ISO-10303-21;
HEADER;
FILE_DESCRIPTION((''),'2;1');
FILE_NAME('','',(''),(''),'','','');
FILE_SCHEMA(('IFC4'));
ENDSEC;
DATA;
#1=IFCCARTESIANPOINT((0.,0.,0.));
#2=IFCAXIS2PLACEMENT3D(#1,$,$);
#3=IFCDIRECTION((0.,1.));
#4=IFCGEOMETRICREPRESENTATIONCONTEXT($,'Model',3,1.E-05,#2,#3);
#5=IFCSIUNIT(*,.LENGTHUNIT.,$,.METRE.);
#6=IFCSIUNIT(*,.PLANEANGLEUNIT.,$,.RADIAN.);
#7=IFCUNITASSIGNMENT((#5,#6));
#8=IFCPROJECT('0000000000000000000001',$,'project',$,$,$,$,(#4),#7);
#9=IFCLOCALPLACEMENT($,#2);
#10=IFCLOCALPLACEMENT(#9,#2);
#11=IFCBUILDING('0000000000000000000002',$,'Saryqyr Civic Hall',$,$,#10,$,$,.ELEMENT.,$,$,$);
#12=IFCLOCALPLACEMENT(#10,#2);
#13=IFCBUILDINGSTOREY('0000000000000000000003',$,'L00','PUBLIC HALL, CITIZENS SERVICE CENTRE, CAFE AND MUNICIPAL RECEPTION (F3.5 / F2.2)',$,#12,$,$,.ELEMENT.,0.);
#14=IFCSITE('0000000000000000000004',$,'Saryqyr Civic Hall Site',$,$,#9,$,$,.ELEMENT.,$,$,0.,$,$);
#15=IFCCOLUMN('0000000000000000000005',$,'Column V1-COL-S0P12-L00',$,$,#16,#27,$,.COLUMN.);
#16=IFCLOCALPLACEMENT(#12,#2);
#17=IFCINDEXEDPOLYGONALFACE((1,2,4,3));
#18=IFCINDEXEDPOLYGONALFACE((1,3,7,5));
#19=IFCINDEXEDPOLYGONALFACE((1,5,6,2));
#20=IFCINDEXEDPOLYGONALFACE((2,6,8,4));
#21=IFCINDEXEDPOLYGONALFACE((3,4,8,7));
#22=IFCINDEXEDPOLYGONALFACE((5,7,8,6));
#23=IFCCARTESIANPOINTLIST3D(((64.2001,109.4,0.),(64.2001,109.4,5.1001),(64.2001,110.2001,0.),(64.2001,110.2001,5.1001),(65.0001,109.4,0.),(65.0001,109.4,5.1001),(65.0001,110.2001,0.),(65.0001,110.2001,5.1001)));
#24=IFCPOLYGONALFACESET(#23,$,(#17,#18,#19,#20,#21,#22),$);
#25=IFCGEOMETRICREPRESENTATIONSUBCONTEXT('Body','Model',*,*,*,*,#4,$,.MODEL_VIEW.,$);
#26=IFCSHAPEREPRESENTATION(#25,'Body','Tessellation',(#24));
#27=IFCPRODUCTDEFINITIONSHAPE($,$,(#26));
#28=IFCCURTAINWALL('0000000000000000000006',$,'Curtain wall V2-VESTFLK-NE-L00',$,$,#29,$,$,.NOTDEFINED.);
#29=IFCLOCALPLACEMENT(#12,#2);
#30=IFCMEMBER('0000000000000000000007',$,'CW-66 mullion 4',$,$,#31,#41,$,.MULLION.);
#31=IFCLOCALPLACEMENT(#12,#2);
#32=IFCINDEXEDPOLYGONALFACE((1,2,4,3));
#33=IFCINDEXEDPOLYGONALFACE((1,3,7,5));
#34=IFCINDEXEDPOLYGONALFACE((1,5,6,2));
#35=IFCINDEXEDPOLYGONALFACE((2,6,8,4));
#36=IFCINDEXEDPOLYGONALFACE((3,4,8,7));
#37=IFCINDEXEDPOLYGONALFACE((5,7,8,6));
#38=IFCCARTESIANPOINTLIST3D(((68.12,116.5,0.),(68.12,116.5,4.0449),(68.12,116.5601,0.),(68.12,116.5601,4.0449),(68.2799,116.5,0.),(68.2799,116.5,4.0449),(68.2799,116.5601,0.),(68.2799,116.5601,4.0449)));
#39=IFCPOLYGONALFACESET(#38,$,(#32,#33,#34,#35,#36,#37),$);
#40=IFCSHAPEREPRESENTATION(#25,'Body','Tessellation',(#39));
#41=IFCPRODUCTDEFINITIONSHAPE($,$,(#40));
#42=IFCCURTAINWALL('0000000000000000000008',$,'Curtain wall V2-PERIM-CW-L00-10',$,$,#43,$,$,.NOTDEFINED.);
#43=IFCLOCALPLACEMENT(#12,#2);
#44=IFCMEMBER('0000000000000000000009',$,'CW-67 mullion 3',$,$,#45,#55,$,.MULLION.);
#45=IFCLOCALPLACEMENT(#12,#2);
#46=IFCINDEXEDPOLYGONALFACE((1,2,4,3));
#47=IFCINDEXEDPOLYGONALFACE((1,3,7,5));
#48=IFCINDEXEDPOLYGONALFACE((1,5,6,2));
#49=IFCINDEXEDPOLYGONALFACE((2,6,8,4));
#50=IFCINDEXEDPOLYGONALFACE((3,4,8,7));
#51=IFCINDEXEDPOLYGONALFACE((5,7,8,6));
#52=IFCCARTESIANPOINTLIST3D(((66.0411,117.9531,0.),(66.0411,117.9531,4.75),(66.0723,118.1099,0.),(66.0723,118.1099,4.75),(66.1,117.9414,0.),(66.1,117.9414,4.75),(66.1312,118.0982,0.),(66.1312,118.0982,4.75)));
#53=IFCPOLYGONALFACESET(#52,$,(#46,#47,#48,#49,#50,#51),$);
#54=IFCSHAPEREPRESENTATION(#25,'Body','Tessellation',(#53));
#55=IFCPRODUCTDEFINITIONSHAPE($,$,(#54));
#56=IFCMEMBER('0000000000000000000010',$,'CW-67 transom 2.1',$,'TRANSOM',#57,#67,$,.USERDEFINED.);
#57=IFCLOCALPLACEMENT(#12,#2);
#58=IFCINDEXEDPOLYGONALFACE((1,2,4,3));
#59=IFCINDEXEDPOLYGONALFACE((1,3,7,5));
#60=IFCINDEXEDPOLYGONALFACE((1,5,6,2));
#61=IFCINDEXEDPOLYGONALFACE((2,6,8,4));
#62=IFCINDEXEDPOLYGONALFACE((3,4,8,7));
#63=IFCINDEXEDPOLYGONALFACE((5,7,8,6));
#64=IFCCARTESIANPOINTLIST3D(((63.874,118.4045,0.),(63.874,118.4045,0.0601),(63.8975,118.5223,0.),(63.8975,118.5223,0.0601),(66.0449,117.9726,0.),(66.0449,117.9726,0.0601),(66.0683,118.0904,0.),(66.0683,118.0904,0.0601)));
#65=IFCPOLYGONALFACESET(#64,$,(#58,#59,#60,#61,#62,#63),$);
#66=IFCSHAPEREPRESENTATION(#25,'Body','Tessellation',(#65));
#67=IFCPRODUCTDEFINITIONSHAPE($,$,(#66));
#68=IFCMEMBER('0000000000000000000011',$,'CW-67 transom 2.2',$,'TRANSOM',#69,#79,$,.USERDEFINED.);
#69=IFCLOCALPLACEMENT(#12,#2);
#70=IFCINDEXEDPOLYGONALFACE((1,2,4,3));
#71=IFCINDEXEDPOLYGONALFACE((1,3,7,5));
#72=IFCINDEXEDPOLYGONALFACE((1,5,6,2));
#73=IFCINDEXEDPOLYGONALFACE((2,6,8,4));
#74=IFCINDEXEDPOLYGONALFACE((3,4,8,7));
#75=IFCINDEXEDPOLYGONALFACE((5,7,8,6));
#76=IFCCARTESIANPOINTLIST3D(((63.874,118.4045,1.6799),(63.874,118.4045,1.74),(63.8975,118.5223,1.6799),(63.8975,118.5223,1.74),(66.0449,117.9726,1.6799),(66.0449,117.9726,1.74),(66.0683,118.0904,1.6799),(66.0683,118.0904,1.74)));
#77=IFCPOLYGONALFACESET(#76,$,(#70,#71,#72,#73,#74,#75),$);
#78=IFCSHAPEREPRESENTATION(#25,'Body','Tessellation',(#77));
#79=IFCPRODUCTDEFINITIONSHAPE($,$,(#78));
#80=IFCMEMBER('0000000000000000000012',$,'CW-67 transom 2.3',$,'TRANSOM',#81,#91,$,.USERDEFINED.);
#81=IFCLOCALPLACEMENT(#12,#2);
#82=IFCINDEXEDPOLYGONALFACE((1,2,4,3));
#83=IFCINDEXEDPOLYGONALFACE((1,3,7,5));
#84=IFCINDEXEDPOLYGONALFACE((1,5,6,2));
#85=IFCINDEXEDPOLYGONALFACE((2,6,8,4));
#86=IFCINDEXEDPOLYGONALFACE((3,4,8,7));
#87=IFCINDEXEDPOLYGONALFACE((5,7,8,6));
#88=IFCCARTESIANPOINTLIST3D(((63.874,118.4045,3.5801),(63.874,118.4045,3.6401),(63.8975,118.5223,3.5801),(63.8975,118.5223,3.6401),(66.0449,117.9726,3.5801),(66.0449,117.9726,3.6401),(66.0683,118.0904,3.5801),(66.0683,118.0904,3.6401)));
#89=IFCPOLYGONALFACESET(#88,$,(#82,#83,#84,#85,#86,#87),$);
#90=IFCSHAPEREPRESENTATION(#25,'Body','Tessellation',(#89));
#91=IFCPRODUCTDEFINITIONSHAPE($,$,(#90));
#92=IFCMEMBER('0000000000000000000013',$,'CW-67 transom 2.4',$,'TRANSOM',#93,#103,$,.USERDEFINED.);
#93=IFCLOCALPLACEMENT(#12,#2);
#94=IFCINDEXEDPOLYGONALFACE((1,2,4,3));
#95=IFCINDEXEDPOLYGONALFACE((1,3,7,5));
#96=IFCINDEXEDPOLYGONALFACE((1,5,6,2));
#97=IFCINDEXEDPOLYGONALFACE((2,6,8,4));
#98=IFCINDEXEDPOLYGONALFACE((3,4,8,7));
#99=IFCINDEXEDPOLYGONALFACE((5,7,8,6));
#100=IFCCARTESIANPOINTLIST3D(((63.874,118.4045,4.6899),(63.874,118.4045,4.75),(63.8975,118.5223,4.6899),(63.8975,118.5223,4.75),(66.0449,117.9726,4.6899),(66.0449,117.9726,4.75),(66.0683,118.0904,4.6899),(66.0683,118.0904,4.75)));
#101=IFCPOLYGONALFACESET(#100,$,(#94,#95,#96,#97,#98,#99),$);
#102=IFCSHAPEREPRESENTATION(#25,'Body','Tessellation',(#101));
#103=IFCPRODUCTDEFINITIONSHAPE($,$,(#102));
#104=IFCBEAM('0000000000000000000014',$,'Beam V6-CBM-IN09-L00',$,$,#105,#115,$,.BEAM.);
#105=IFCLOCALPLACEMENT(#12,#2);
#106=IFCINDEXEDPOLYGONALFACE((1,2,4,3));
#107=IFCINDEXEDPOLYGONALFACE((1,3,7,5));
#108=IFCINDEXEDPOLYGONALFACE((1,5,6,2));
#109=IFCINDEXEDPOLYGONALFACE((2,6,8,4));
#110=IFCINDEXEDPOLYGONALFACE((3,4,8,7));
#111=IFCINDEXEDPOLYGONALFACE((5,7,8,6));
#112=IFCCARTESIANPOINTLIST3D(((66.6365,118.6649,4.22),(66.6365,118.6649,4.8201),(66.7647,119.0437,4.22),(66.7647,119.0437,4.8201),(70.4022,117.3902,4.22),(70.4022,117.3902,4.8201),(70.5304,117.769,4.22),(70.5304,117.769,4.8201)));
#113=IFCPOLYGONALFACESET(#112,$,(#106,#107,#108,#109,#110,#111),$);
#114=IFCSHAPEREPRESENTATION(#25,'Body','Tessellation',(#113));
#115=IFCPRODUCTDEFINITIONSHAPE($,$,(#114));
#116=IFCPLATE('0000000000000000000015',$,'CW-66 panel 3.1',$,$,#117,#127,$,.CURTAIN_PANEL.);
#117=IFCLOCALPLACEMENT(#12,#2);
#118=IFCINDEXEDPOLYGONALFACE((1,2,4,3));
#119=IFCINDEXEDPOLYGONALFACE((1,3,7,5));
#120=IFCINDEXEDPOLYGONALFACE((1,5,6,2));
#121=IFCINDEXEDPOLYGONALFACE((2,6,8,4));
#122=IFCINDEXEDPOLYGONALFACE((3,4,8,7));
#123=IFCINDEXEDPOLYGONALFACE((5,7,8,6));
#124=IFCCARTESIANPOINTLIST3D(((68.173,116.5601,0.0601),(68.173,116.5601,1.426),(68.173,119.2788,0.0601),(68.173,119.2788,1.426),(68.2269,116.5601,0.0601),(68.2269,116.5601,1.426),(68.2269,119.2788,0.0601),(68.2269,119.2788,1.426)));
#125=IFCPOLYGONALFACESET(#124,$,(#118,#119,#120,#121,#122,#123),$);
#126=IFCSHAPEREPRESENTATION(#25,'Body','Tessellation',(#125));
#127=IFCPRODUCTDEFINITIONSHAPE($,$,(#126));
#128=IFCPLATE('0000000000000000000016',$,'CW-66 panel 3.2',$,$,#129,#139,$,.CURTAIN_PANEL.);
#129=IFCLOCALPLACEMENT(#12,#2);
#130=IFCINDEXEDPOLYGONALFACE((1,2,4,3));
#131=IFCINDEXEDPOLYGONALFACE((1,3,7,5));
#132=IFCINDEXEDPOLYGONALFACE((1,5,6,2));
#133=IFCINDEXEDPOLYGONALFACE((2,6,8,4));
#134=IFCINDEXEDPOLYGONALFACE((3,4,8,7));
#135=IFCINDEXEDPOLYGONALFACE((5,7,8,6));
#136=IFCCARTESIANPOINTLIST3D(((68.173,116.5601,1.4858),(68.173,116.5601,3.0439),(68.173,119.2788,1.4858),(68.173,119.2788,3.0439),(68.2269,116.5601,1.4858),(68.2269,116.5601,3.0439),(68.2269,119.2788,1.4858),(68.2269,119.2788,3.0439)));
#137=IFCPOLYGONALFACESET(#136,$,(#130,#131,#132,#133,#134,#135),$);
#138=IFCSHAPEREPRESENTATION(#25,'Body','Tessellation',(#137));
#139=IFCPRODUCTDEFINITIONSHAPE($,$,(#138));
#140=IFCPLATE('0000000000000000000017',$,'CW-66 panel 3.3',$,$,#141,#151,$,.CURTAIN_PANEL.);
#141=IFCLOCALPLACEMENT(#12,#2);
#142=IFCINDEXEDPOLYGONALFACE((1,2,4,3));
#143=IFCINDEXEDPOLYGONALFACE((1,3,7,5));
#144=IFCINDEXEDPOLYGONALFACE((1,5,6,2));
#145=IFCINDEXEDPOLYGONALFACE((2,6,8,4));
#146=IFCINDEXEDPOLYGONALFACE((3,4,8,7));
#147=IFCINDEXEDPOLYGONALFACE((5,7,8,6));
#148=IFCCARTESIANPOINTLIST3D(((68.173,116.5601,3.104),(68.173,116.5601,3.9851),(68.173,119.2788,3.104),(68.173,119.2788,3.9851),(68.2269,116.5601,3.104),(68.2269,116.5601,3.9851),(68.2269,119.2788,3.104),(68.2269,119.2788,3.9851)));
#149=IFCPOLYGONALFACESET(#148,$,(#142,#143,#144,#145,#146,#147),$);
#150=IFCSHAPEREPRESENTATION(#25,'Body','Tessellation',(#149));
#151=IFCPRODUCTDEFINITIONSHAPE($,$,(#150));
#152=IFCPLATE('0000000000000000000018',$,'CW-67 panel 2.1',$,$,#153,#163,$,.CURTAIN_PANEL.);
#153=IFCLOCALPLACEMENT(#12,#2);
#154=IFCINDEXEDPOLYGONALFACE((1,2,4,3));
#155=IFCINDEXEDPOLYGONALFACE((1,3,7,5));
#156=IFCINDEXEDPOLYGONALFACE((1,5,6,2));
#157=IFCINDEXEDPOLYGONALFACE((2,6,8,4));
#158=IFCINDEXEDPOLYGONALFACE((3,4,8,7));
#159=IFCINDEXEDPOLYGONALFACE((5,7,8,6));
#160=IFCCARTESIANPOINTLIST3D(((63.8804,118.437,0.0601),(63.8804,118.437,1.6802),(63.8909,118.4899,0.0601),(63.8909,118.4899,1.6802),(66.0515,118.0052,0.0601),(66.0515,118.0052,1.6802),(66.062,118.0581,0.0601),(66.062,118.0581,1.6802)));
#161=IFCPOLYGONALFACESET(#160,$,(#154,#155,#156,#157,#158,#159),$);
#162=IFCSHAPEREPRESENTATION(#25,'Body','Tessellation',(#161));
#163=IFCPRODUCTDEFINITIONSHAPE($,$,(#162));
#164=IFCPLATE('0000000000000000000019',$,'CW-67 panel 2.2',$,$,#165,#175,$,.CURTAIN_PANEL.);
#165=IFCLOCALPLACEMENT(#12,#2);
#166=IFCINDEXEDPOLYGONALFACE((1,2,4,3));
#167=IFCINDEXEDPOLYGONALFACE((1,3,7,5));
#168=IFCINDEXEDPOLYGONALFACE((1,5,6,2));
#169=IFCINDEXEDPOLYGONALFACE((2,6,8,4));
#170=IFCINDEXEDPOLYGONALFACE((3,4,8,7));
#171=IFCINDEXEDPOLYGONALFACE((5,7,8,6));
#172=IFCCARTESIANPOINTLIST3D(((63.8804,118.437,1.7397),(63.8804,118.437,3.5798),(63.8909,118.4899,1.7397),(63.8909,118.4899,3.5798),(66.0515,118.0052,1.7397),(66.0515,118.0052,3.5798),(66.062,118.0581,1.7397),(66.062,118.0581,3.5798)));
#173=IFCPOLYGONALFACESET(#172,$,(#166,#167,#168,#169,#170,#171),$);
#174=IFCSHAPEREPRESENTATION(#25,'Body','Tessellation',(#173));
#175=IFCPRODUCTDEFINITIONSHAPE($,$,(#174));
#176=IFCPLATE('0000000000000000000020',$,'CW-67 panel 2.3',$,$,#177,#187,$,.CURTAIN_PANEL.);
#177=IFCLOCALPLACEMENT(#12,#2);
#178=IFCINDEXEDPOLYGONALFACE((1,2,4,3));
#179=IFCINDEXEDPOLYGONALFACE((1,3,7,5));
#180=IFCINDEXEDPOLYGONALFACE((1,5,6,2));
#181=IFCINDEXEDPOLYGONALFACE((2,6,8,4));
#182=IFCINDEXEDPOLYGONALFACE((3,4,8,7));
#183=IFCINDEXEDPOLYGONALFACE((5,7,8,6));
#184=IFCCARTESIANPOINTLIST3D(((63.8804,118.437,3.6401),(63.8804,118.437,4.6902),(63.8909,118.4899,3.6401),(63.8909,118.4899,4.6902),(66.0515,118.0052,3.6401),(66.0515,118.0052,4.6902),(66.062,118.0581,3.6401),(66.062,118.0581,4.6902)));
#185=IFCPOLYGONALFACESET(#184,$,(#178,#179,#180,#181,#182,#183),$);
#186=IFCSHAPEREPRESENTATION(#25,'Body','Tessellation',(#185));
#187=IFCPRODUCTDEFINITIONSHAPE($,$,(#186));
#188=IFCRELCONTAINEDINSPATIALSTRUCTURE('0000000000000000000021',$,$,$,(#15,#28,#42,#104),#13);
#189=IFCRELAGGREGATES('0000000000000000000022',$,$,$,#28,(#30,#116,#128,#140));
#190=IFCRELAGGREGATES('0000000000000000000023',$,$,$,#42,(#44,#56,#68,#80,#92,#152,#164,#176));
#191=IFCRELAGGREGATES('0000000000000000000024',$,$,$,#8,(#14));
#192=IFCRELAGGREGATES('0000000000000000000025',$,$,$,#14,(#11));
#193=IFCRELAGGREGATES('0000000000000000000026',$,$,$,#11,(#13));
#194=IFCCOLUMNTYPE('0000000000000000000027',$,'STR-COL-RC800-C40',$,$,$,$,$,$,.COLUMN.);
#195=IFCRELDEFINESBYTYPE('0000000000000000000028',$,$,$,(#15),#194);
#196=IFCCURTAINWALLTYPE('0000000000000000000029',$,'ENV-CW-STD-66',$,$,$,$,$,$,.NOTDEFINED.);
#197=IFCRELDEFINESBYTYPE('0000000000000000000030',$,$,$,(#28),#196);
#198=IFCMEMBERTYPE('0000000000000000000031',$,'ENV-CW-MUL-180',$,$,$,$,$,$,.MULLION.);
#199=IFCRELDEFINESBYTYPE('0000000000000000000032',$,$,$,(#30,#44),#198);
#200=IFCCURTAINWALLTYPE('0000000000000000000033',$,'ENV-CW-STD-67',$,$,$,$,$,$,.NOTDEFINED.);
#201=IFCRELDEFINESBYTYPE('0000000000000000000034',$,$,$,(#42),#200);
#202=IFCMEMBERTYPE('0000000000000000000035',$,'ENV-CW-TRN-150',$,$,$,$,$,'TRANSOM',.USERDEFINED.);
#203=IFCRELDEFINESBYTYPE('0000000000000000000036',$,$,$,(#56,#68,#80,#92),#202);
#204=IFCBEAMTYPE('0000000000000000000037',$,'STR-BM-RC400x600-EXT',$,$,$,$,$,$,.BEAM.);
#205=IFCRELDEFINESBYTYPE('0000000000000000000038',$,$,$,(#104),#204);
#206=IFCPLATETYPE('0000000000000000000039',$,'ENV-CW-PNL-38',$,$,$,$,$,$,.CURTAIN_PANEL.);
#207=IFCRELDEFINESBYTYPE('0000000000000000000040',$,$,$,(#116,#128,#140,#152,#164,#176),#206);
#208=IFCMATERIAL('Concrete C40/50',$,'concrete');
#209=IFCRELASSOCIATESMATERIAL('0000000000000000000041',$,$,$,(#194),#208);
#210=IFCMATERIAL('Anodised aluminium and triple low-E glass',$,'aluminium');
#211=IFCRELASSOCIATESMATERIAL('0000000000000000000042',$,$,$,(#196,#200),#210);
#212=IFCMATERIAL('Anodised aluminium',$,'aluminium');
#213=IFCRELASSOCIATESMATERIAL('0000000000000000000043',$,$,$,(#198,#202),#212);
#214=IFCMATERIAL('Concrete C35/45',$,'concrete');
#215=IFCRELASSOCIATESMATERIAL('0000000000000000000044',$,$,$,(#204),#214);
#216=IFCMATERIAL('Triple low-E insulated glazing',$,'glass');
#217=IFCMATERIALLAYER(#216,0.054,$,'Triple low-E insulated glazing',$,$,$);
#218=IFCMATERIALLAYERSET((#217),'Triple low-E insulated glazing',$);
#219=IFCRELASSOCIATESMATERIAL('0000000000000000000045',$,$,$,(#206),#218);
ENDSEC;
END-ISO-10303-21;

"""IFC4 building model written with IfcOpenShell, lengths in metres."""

from ifc_helpers import new_model, si_unit, direction, frame, origin, origin_2d, place, context, subcontext, project, spatial, rectangle, extrude, material, layer, layer_set, material_profile, profile_set, type_object, element, aggregate, save


model = new_model("IFC4")

# Units and contexts
model_context = context("Model", 3, precision=1e-05, world=origin(), true_north=direction((0.0, 1.0)))
body_context = subcontext(model_context, "Body", "Model", "MODEL_VIEW")
ifc_project = project(units=[si_unit("LENGTHUNIT", "METRE"), si_unit("PLANEANGLEUNIT", "RADIAN")], contexts=[model_context])

# Site, building, storey
site_placement = place(None, origin())
site = spatial("IfcSite", under=ifc_project, at=site_placement, Name="Saryqyr Civic Hall Site", CompositionType="ELEMENT", RefElevation=0.0)
building_placement = place(site_placement, origin())
building = spatial("IfcBuilding", under=site, at=building_placement, Name="Saryqyr Civic Hall", CompositionType="ELEMENT")
storey_placement = place(building_placement, origin())
storey = spatial("IfcBuildingStorey", under=building, at=storey_placement, Name="L00", Description="PUBLIC HALL, CITIZENS SERVICE CENTRE, CAFE AND MUNICIPAL RECEPTION (F3.5 / F2.2)", CompositionType="ELEMENT", Elevation=0.0)

# Column
ifc_material_1 = material(Name="Concrete C40/50", Category="concrete")
ifc_material_profile_1 = material_profile(ifc_material_1, rectangle(XDim=0.8, YDim=0.8, at=origin_2d()), Name="RC 800x800")
ifc_profile_set_1 = profile_set([ifc_material_profile_1], Name="Concrete C40/50")
column_type_1 = type_object("IfcColumnType", Name="STR-COL-RC800-C40", PredefinedType="COLUMN", material=ifc_profile_set_1)
column_placement = place(storey_placement, frame((64.6001, 109.8, 0.0), z_axis=(0.0, 0.0, 1.0), x_axis=(1.0, 0.0, 0.0)))
element("IfcColumn", 1, at=column_placement, inside=storey, type_object=column_type_1, Name="Column V1-COL-S0P12-L00", PredefinedType="COLUMN", context=body_context, shape_type="SweptSolid", body=[
    extrude(rectangle(XDim=0.8, YDim=0.8, at=origin_2d()), origin(), (0.0, 0.0, 1.0), 5.1001),
])

# Curtain wall, member
ifc_material_2 = material(Name="Anodised aluminium and triple low-E glass", Category="aluminium")
curtain_wall_type_1 = type_object("IfcCurtainWallType", Name="ENV-CW-STD-66", PredefinedType="NOTDEFINED", material=ifc_material_2)
curtain_wall_1_placement = place(storey_placement, origin())
curtain_wall_1 = element("IfcCurtainWall", 2, at=curtain_wall_1_placement, inside=storey, type_object=curtain_wall_type_1, Name="Curtain wall V2-VESTFLK-NE-L00", PredefinedType="NOTDEFINED")
ifc_material_3 = material(Name="Anodised aluminium", Category="aluminium")
ifc_material_profile_2 = material_profile(ifc_material_3, rectangle(XDim=0.0601, YDim=0.1599, at=origin_2d()), Name="ALU MULLION 60x160")
ifc_profile_set_2 = profile_set([ifc_material_profile_2], Name="Anodised aluminium")
member_type_1 = type_object("IfcMemberType", Name="ENV-CW-MUL-180", PredefinedType="MULLION", material=ifc_profile_set_2)
member_1_placement = place(storey_placement, frame((68.2, 116.53, 0.0), z_axis=(0.0, 0.0, 1.0), x_axis=(0.0, -1.0, 0.0)))
member_1 = element("IfcMember", 3, at=member_1_placement, type_object=member_type_1, Name="CW-66 mullion 4", PredefinedType="MULLION", context=body_context, shape_type="SweptSolid", body=[
    extrude(rectangle(XDim=0.0601, YDim=0.1599, at=origin_2d()), origin(), (0.0, 0.0, 1.0), 4.0449),
])

# Curtain wall, members
curtain_wall_type_2 = type_object("IfcCurtainWallType", Name="ENV-CW-STD-67", PredefinedType="NOTDEFINED", material=ifc_material_2)
curtain_wall_2_placement = place(storey_placement, origin())
curtain_wall_2 = element("IfcCurtainWall", 4, at=curtain_wall_2_placement, inside=storey, type_object=curtain_wall_type_2, Name="Curtain wall V2-PERIM-CW-L00-10", PredefinedType="NOTDEFINED")
member_2_placement = place(storey_placement, frame((66.0862, 118.0256, 0.0), z_axis=(0.0, 0.0, 1.0), x_axis=(0.980785, -0.195093, 0.0)))
member_2 = element("IfcMember", 5, at=member_2_placement, type_object=member_type_1, Name="CW-67 mullion 3", PredefinedType="MULLION", context=body_context, shape_type="SweptSolid", body=[
    extrude(rectangle(XDim=0.0601, YDim=0.1599, at=origin_2d()), origin(), (0.0, 0.0, 1.0), 4.75),
])
ifc_material_profile_3 = material_profile(ifc_material_3, rectangle(XDim=0.1201, YDim=0.0601, at=origin_2d()), Name="ALU TRANSOM 120x60")
ifc_profile_set_3 = profile_set([ifc_material_profile_3], Name="Anodised aluminium")
member_type_2 = type_object("IfcMemberType", Name="ENV-CW-TRN-150", ElementType="TRANSOM", PredefinedType="USERDEFINED", material=ifc_profile_set_3)
member_3_placement = place(storey_placement, frame((63.8857, 118.4634, 0.03), z_axis=(0.98078, -0.195119, 0.0), x_axis=(0.195119, 0.98078, 0.0)))
member_3 = element("IfcMember", 6, at=member_3_placement, type_object=member_type_2, Name="CW-67 transom 2.1", ObjectType="TRANSOM", PredefinedType="USERDEFINED", context=body_context, shape_type="SweptSolid", body=[
    extrude(rectangle(XDim=0.1201, YDim=0.0601, at=origin_2d()), origin(), (0.0, 0.0, 1.0), 2.2134),
])
member_4_placement = place(storey_placement, frame((63.8857, 118.4634, 1.71), z_axis=(0.98078, -0.195119, 0.0), x_axis=(0.195119, 0.98078, 0.0)))
member_4 = element("IfcMember", 7, at=member_4_placement, type_object=member_type_2, Name="CW-67 transom 2.2", ObjectType="TRANSOM", PredefinedType="USERDEFINED", context=body_context, shape_type="SweptSolid", body=[
    extrude(rectangle(XDim=0.1201, YDim=0.0601, at=origin_2d()), origin(), (0.0, 0.0, 1.0), 2.2134),
])
member_5_placement = place(storey_placement, frame((63.8857, 118.4634, 3.6101), z_axis=(0.98078, -0.195119, 0.0), x_axis=(0.195119, 0.98078, 0.0)))
member_5 = element("IfcMember", 8, at=member_5_placement, type_object=member_type_2, Name="CW-67 transom 2.3", ObjectType="TRANSOM", PredefinedType="USERDEFINED", context=body_context, shape_type="SweptSolid", body=[
    extrude(rectangle(XDim=0.1201, YDim=0.0601, at=origin_2d()), origin(), (0.0, 0.0, 1.0), 2.2134),
])
member_6_placement = place(storey_placement, frame((63.8857, 118.4634, 4.72), z_axis=(0.98078, -0.195119, 0.0), x_axis=(0.195119, 0.98078, 0.0)))
member_6 = element("IfcMember", 9, at=member_6_placement, type_object=member_type_2, Name="CW-67 transom 2.4", ObjectType="TRANSOM", PredefinedType="USERDEFINED", context=body_context, shape_type="SweptSolid", body=[
    extrude(rectangle(XDim=0.1201, YDim=0.0601, at=origin_2d()), origin(), (0.0, 0.0, 1.0), 2.2134),
])

# Beam
ifc_material_4 = material(Name="Concrete C35/45", Category="concrete")
ifc_material_profile_4 = material_profile(ifc_material_4, rectangle(XDim=0.3999, YDim=0.6001, at=origin_2d()), Name="RC 400x600")
ifc_profile_set_4 = profile_set([ifc_material_profile_4], Name="Concrete C35/45")
beam_type = type_object("IfcBeamType", Name="STR-BM-RC400x600-EXT", PredefinedType="BEAM", material=ifc_profile_set_4)
beam_placement = place(storey_placement, frame((70.4663, 117.5796, 4.52), z_axis=(-0.947205, 0.320628, 0.0), x_axis=(-0.320628, -0.947205, 0.0)))
element("IfcBeam", 10, at=beam_placement, inside=storey, type_object=beam_type, Name="Beam V6-CBM-IN09-L00", PredefinedType="BEAM", context=body_context, shape_type="SweptSolid", body=[
    extrude(rectangle(XDim=0.3999, YDim=0.6001, at=origin_2d()), origin(), (0.0, 0.0, 1.0), 3.9756),
])

# Plates
ifc_material_5 = material(Name="Triple low-E insulated glazing", Category="glass")
ifc_layer_1 = layer(ifc_material_5, 0.054, Name="Triple low-E insulated glazing")
ifc_layer_set_1 = layer_set([ifc_layer_1], Name="Triple low-E insulated glazing")
plate_type = type_object("IfcPlateType", Name="ENV-CW-PNL-38", PredefinedType="CURTAIN_PANEL", material=ifc_layer_set_1)
plate_1_placement = place(storey_placement, frame((68.2, 117.9194, 0.0601), z_axis=(0.0, 0.0, 1.0), x_axis=(0.0, -1.0, 0.0)))
plate_1 = element("IfcPlate", 11, at=plate_1_placement, type_object=plate_type, Name="CW-66 panel 3.1", PredefinedType="CURTAIN_PANEL", context=body_context, shape_type="SweptSolid", body=[
    extrude(rectangle(XDim=2.7188, YDim=0.054, at=origin_2d()), origin(), (0.0, 0.0, 1.0), 1.366),
])
plate_2_placement = place(storey_placement, frame((68.2, 117.9194, 1.4858), z_axis=(0.0, 0.0, 1.0), x_axis=(0.0, -1.0, 0.0)))
plate_2 = element("IfcPlate", 12, at=plate_2_placement, type_object=plate_type, Name="CW-66 panel 3.2", PredefinedType="CURTAIN_PANEL", context=body_context, shape_type="SweptSolid", body=[
    extrude(rectangle(XDim=2.7188, YDim=0.054, at=origin_2d()), origin(), (0.0, 0.0, 1.0), 1.5581),
])
plate_3_placement = place(storey_placement, frame((68.2, 117.9194, 3.104), z_axis=(0.0, 0.0, 1.0), x_axis=(0.0, -1.0, 0.0)))
plate_3 = element("IfcPlate", 13, at=plate_3_placement, type_object=plate_type, Name="CW-66 panel 3.3", PredefinedType="CURTAIN_PANEL", context=body_context, shape_type="SweptSolid", body=[
    extrude(rectangle(XDim=2.7188, YDim=0.054, at=origin_2d()), origin(), (0.0, 0.0, 1.0), 0.8811),
])
aggregate(curtain_wall_1, [member_1, plate_1, plate_2, plate_3])
plate_4_placement = place(storey_placement, frame((64.9712, 118.2476, 0.0601), z_axis=(0.0, 0.0, 1.0), x_axis=(0.980785, -0.195093, 0.0)))
plate_4 = element("IfcPlate", 14, at=plate_4_placement, type_object=plate_type, Name="CW-67 panel 2.1", PredefinedType="CURTAIN_PANEL", context=body_context, shape_type="SweptSolid", body=[
    extrude(rectangle(XDim=2.2136, YDim=0.054, at=origin_2d()), origin(), (0.0, 0.0, 1.0), 1.6201),
])
plate_5_placement = place(storey_placement, frame((64.9712, 118.2476, 1.7397), z_axis=(0.0, 0.0, 1.0), x_axis=(0.980785, -0.195093, 0.0)))
plate_5 = element("IfcPlate", 15, at=plate_5_placement, type_object=plate_type, Name="CW-67 panel 2.2", PredefinedType="CURTAIN_PANEL", context=body_context, shape_type="SweptSolid", body=[
    extrude(rectangle(XDim=2.2136, YDim=0.054, at=origin_2d()), origin(), (0.0, 0.0, 1.0), 1.8401),
])
plate_6_placement = place(storey_placement, frame((64.9712, 118.2476, 3.6401), z_axis=(0.0, 0.0, 1.0), x_axis=(0.980785, -0.195093, 0.0)))
plate_6 = element("IfcPlate", 16, at=plate_6_placement, type_object=plate_type, Name="CW-67 panel 2.3", PredefinedType="CURTAIN_PANEL", context=body_context, shape_type="SweptSolid", body=[
    extrude(rectangle(XDim=2.2136, YDim=0.054, at=origin_2d()), origin(), (0.0, 0.0, 1.0), 1.05),
])
aggregate(curtain_wall_2, [member_2, member_3, member_4, member_5, member_6, plate_4, plate_5, plate_6])

save(model, "model.ifc")
